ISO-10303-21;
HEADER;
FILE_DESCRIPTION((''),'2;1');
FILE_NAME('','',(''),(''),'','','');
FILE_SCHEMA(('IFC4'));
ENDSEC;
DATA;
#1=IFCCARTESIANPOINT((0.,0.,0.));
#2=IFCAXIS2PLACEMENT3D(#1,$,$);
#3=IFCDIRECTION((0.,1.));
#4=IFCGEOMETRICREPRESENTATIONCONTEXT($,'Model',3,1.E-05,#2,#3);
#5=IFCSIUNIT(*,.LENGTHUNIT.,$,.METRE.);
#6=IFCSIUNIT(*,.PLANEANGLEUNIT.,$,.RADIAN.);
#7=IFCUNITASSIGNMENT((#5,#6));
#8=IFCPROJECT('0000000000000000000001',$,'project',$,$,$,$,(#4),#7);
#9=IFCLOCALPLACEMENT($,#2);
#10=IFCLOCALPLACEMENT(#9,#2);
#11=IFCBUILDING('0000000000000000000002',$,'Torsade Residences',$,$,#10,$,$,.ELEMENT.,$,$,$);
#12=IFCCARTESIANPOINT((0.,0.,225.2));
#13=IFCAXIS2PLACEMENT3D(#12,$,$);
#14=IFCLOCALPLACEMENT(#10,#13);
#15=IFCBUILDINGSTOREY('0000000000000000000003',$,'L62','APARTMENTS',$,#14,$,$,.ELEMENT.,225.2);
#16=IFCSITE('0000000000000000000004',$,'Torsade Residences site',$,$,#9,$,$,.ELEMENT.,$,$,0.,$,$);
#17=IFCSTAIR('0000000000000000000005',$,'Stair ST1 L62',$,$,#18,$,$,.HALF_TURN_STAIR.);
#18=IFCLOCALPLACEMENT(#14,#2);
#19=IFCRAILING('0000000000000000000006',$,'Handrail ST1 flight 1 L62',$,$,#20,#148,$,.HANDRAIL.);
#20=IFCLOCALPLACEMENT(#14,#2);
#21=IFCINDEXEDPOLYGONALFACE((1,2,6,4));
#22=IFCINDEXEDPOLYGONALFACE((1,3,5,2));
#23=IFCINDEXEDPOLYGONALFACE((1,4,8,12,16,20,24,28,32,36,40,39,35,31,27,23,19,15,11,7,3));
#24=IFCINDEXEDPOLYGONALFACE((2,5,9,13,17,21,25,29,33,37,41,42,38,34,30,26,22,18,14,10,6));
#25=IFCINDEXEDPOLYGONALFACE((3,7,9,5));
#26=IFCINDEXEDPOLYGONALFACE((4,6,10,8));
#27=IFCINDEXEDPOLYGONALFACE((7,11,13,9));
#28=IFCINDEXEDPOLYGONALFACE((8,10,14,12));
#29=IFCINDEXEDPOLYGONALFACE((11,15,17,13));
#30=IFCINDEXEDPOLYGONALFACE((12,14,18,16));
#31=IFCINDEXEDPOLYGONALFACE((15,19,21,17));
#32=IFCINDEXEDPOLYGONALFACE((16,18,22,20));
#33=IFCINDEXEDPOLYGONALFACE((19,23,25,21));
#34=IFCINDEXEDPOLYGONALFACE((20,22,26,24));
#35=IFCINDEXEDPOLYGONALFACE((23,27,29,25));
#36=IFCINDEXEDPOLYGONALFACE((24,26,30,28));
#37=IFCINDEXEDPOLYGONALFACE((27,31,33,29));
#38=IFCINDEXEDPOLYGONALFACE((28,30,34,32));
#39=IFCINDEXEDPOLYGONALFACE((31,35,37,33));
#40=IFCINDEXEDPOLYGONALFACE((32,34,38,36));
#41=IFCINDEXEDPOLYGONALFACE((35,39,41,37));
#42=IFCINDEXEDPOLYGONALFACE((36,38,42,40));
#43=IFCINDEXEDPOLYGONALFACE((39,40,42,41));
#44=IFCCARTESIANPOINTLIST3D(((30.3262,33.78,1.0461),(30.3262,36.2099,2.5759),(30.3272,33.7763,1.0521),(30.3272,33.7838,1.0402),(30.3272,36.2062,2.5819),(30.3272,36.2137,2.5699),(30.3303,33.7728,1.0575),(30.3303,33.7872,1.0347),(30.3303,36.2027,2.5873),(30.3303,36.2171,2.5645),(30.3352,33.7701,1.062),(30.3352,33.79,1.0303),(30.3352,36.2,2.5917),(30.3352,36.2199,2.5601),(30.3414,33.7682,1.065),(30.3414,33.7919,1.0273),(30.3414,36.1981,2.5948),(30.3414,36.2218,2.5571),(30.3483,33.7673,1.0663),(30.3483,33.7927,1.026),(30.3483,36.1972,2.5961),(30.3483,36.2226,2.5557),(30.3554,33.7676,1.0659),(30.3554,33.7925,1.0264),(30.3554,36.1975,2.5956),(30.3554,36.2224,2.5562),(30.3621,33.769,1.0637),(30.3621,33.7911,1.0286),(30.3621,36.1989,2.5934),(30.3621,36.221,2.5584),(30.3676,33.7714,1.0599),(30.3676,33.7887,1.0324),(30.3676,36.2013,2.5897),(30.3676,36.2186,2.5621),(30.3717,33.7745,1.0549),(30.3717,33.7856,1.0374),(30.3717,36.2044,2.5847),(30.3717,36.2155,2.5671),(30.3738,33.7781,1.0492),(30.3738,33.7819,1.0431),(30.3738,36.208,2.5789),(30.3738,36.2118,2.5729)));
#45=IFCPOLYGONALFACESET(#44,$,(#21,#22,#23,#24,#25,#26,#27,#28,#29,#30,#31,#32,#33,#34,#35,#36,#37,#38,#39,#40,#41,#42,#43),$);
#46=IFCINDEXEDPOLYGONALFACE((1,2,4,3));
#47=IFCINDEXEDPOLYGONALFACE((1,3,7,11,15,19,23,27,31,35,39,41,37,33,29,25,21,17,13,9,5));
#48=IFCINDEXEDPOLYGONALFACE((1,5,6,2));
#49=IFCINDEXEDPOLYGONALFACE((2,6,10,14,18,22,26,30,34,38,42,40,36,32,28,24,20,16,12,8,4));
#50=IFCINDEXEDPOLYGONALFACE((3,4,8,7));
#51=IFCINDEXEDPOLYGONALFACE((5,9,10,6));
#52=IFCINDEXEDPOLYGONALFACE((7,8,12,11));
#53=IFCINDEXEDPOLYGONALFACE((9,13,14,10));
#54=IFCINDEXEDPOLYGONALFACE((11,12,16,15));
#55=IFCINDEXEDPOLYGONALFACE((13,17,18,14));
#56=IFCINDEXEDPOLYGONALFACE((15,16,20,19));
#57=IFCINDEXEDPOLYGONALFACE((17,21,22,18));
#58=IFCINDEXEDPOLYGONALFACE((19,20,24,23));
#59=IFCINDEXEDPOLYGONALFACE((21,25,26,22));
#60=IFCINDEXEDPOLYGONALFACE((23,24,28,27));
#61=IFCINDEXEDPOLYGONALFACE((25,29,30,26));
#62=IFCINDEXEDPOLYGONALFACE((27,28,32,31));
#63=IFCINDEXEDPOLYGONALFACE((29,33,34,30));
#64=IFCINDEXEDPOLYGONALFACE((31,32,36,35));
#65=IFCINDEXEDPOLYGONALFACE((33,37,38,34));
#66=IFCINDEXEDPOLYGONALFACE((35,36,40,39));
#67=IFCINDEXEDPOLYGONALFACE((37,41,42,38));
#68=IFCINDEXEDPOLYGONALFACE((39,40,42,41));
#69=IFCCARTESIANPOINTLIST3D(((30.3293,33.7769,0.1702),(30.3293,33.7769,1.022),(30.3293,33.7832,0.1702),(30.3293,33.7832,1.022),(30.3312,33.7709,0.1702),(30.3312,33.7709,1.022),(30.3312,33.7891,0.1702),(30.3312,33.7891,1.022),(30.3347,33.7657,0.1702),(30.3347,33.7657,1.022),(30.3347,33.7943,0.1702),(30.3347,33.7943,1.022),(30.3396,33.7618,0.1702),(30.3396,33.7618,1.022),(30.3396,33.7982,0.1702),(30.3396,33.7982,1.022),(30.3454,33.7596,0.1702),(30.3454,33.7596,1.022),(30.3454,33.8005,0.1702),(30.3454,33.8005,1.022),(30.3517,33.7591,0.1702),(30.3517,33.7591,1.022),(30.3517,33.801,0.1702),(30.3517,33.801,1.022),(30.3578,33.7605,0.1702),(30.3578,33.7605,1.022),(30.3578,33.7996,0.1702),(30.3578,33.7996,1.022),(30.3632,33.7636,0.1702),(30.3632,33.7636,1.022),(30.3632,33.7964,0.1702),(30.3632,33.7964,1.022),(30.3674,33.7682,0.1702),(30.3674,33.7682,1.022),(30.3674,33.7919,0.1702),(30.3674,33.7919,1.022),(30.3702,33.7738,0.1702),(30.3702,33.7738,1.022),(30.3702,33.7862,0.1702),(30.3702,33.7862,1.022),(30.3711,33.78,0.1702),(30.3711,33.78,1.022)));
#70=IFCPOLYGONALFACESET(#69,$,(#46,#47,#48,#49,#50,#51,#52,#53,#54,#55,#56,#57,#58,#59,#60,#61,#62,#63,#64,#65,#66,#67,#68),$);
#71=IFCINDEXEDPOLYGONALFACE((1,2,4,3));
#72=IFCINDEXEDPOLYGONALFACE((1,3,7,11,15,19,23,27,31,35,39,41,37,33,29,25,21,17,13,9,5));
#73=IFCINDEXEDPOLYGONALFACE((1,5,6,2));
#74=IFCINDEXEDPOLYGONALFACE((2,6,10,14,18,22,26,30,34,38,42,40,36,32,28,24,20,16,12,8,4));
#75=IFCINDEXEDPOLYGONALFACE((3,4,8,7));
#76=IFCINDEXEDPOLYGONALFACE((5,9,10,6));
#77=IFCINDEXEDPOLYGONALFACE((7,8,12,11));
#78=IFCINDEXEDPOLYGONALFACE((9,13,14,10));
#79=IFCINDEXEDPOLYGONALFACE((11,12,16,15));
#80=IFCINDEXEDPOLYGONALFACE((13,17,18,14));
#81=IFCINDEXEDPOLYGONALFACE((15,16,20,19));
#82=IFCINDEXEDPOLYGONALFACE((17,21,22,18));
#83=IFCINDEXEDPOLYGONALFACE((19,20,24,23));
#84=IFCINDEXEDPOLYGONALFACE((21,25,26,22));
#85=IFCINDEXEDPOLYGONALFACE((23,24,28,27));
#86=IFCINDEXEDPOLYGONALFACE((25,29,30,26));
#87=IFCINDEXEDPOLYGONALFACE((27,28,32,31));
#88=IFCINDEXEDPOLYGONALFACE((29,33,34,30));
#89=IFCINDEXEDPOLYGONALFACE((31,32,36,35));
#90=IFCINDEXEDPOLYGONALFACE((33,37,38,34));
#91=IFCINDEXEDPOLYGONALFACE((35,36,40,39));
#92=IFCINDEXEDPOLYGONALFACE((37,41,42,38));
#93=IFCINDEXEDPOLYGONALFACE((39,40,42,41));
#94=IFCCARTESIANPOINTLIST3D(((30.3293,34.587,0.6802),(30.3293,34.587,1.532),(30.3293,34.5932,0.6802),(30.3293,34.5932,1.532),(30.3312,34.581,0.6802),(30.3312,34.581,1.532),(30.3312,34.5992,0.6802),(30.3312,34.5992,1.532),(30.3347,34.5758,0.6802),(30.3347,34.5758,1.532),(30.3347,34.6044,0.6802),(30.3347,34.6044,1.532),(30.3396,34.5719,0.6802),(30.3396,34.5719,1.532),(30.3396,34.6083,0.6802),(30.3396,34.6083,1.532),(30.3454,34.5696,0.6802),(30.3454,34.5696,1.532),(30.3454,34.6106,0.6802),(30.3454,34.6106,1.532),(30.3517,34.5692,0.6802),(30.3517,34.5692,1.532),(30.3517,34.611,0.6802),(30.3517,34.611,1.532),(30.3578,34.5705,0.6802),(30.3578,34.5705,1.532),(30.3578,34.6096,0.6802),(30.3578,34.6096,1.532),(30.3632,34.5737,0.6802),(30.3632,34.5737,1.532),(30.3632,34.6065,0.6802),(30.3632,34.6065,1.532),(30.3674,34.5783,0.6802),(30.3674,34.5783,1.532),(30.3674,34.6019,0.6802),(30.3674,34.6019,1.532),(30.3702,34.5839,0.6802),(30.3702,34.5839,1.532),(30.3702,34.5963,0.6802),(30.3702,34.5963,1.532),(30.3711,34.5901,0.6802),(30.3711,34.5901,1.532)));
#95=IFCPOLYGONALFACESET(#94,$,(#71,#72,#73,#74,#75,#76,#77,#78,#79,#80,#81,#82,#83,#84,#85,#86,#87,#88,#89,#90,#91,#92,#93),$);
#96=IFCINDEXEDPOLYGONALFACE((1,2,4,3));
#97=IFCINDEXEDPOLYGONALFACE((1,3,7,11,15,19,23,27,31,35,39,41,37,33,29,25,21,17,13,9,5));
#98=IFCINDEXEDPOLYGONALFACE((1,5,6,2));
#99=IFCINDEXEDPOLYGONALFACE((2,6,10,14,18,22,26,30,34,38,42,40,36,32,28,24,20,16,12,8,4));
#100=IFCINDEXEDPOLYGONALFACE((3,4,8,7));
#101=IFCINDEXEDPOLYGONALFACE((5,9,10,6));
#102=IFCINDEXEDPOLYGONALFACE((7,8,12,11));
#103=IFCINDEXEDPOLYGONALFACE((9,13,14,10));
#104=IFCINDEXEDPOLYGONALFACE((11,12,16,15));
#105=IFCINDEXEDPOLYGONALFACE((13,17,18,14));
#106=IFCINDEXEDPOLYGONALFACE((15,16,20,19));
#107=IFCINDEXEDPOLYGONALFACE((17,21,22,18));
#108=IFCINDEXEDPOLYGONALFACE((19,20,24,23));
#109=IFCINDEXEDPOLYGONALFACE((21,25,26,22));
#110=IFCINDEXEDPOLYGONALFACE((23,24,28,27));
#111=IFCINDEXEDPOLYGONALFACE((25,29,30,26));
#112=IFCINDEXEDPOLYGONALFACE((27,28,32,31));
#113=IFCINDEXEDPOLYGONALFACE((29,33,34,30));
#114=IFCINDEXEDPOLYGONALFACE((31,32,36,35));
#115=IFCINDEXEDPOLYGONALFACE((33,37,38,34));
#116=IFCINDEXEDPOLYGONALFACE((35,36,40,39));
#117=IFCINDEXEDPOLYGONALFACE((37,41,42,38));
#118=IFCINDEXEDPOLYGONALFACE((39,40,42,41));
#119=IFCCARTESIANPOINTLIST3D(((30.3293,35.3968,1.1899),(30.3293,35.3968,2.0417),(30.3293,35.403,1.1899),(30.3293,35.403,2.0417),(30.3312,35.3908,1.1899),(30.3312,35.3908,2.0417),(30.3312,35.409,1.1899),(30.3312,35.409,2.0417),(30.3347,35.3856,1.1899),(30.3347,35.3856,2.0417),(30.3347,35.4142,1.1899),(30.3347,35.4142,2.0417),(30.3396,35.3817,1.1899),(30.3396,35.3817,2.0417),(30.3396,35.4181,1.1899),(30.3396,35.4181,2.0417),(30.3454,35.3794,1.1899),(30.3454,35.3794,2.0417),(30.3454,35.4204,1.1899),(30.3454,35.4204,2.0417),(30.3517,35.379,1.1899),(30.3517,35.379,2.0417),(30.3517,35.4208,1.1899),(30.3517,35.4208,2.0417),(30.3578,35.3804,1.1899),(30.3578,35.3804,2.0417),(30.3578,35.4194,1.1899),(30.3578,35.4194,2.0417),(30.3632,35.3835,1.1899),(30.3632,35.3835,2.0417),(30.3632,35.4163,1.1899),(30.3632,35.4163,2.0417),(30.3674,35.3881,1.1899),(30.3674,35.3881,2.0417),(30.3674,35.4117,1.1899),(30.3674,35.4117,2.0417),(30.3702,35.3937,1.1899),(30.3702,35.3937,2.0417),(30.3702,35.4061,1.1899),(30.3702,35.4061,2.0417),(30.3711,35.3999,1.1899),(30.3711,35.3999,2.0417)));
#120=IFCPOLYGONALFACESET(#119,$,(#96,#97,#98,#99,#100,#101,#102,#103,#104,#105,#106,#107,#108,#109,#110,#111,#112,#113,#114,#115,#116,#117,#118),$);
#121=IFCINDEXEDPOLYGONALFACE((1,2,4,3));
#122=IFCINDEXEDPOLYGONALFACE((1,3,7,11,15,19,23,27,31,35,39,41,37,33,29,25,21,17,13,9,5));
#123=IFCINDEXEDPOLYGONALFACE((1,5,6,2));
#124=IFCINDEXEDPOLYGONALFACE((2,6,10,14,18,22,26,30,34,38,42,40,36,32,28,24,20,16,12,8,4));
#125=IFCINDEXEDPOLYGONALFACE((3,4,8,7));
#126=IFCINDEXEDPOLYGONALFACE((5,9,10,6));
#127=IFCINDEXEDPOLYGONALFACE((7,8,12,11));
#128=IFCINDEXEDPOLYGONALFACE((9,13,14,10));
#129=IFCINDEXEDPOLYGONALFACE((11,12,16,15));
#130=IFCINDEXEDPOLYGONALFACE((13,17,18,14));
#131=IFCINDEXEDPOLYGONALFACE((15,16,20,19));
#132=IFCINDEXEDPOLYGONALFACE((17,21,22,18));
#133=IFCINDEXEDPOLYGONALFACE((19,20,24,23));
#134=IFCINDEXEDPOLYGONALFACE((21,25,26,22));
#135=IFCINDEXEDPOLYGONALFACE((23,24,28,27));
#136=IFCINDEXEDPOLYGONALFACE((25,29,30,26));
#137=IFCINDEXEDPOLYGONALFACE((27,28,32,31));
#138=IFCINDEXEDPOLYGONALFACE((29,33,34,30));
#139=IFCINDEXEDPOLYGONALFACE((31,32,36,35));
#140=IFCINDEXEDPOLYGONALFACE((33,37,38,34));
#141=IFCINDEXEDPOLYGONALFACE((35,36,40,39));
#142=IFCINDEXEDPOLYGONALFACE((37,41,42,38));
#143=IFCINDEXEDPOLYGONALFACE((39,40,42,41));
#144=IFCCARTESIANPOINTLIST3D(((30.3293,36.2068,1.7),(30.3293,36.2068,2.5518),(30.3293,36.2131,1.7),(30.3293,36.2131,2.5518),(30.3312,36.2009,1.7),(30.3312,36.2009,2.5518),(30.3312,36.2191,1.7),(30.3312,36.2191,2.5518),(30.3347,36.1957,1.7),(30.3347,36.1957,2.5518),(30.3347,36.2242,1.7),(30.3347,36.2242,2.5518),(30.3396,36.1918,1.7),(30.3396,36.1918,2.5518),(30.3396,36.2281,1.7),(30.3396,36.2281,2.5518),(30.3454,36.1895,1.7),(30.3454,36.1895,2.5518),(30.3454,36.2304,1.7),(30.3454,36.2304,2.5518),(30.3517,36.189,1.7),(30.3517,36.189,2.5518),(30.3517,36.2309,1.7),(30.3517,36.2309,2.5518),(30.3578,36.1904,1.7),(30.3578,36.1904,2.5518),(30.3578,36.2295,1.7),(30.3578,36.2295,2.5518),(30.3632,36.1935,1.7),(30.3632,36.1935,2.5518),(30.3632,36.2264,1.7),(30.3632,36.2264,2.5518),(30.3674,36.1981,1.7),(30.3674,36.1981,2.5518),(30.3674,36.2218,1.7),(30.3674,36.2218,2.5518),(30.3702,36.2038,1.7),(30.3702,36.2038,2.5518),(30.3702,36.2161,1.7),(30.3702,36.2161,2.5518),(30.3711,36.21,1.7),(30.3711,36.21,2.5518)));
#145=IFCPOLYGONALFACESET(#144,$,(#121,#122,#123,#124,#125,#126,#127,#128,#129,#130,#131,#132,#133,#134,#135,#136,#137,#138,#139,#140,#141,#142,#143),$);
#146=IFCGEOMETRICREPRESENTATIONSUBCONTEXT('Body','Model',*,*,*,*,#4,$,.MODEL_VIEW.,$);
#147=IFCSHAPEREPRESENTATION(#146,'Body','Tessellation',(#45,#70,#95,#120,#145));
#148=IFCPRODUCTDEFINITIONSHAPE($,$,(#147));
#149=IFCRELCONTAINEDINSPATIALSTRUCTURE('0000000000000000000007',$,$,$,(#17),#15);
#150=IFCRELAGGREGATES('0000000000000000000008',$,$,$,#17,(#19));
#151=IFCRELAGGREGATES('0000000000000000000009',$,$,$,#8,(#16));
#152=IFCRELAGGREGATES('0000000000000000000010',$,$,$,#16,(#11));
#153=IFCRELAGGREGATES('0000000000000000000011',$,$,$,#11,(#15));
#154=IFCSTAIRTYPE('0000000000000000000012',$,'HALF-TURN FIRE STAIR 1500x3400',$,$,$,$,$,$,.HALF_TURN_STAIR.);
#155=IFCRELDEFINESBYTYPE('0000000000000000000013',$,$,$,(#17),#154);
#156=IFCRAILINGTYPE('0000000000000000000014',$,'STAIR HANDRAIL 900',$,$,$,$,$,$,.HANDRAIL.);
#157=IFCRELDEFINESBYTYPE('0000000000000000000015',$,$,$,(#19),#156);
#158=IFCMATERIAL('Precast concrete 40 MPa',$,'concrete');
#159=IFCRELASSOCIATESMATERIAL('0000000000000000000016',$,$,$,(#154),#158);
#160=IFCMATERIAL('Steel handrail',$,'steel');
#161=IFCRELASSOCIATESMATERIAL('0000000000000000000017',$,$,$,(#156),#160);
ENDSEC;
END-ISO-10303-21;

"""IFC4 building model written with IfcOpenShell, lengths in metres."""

from ifc_helpers import new_model, si_unit, direction, frame, origin, origin_2d, place, context, subcontext, project, spatial, circle, extrude, material, type_object, element, aggregate, save


model = new_model("IFC4")

# Units and contexts
model_context = context("Model", 3, precision=1e-05, world=origin(), true_north=direction((0.0, 1.0)))
body_context = subcontext(model_context, "Body", "Model", "MODEL_VIEW")
ifc_project = project(units=[si_unit("LENGTHUNIT", "METRE"), si_unit("PLANEANGLEUNIT", "RADIAN")], contexts=[model_context])

# Site, building, storey
site_placement = place(None, origin())
site = spatial("IfcSite", under=ifc_project, at=site_placement, Name="Torsade Residences site", CompositionType="ELEMENT", RefElevation=0.0)
building_placement = place(site_placement, origin())
building = spatial("IfcBuilding", under=site, at=building_placement, Name="Torsade Residences", CompositionType="ELEMENT")
storey_placement = place(building_placement, frame((0.0, 0.0, 225.2)))
storey = spatial("IfcBuildingStorey", under=building, at=storey_placement, Name="L62", Description="APARTMENTS", CompositionType="ELEMENT", Elevation=225.2)

# Stair, railing
ifc_material_1 = material(Name="Precast concrete 40 MPa", Category="concrete")
stair_type = type_object("IfcStairType", Name="HALF-TURN FIRE STAIR 1500x3400", PredefinedType="HALF_TURN_STAIR", material=ifc_material_1)
stair_placement = place(storey_placement, origin())
stair = element("IfcStair", 1, at=stair_placement, inside=storey, type_object=stair_type, Name="Stair ST1 L62", PredefinedType="HALF_TURN_STAIR")
ifc_material_2 = material(Name="Steel handrail", Category="steel")
railing_type = type_object("IfcRailingType", Name="STAIR HANDRAIL 900", PredefinedType="HANDRAIL", material=ifc_material_2)
railing_1_placement = place(storey_placement, frame((30.3501, 33.78, 0.1702)))
railing_1 = element("IfcRailing", 2, at=railing_1_placement, type_object=railing_type, Name="Handrail ST1 flight 1 L62", PredefinedType="HANDRAIL", context=body_context, shape_type="SweptSolid", body=[
    extrude(circle(Radius=0.0239, at=origin_2d()), frame((0.0, 0.0, 0.876), z_axis=(0.0, 0.84626, 0.53277), x_axis=(-1.0, 0.0, 0.0)), (0.0, 0.0, 1.0), 2.8713),
    extrude(circle(Radius=0.021, at=origin_2d()), origin(), (0.0, 0.0, 1.0), 0.8518),
    extrude(circle(Radius=0.021, at=origin_2d()), frame((0.0, 0.8101, 0.51)), (0.0, 0.0, 1.0), 0.8518),
    extrude(circle(Radius=0.021, at=origin_2d()), frame((0.0, 1.6199, 1.0198)), (0.0, 0.0, 1.0), 0.8518),
    extrude(circle(Radius=0.021, at=origin_2d()), frame((0.0, 2.4299, 1.5298)), (0.0, 0.0, 1.0), 0.8518),
])
aggregate(stair, [railing_1])

save(model, "model.ifc")
